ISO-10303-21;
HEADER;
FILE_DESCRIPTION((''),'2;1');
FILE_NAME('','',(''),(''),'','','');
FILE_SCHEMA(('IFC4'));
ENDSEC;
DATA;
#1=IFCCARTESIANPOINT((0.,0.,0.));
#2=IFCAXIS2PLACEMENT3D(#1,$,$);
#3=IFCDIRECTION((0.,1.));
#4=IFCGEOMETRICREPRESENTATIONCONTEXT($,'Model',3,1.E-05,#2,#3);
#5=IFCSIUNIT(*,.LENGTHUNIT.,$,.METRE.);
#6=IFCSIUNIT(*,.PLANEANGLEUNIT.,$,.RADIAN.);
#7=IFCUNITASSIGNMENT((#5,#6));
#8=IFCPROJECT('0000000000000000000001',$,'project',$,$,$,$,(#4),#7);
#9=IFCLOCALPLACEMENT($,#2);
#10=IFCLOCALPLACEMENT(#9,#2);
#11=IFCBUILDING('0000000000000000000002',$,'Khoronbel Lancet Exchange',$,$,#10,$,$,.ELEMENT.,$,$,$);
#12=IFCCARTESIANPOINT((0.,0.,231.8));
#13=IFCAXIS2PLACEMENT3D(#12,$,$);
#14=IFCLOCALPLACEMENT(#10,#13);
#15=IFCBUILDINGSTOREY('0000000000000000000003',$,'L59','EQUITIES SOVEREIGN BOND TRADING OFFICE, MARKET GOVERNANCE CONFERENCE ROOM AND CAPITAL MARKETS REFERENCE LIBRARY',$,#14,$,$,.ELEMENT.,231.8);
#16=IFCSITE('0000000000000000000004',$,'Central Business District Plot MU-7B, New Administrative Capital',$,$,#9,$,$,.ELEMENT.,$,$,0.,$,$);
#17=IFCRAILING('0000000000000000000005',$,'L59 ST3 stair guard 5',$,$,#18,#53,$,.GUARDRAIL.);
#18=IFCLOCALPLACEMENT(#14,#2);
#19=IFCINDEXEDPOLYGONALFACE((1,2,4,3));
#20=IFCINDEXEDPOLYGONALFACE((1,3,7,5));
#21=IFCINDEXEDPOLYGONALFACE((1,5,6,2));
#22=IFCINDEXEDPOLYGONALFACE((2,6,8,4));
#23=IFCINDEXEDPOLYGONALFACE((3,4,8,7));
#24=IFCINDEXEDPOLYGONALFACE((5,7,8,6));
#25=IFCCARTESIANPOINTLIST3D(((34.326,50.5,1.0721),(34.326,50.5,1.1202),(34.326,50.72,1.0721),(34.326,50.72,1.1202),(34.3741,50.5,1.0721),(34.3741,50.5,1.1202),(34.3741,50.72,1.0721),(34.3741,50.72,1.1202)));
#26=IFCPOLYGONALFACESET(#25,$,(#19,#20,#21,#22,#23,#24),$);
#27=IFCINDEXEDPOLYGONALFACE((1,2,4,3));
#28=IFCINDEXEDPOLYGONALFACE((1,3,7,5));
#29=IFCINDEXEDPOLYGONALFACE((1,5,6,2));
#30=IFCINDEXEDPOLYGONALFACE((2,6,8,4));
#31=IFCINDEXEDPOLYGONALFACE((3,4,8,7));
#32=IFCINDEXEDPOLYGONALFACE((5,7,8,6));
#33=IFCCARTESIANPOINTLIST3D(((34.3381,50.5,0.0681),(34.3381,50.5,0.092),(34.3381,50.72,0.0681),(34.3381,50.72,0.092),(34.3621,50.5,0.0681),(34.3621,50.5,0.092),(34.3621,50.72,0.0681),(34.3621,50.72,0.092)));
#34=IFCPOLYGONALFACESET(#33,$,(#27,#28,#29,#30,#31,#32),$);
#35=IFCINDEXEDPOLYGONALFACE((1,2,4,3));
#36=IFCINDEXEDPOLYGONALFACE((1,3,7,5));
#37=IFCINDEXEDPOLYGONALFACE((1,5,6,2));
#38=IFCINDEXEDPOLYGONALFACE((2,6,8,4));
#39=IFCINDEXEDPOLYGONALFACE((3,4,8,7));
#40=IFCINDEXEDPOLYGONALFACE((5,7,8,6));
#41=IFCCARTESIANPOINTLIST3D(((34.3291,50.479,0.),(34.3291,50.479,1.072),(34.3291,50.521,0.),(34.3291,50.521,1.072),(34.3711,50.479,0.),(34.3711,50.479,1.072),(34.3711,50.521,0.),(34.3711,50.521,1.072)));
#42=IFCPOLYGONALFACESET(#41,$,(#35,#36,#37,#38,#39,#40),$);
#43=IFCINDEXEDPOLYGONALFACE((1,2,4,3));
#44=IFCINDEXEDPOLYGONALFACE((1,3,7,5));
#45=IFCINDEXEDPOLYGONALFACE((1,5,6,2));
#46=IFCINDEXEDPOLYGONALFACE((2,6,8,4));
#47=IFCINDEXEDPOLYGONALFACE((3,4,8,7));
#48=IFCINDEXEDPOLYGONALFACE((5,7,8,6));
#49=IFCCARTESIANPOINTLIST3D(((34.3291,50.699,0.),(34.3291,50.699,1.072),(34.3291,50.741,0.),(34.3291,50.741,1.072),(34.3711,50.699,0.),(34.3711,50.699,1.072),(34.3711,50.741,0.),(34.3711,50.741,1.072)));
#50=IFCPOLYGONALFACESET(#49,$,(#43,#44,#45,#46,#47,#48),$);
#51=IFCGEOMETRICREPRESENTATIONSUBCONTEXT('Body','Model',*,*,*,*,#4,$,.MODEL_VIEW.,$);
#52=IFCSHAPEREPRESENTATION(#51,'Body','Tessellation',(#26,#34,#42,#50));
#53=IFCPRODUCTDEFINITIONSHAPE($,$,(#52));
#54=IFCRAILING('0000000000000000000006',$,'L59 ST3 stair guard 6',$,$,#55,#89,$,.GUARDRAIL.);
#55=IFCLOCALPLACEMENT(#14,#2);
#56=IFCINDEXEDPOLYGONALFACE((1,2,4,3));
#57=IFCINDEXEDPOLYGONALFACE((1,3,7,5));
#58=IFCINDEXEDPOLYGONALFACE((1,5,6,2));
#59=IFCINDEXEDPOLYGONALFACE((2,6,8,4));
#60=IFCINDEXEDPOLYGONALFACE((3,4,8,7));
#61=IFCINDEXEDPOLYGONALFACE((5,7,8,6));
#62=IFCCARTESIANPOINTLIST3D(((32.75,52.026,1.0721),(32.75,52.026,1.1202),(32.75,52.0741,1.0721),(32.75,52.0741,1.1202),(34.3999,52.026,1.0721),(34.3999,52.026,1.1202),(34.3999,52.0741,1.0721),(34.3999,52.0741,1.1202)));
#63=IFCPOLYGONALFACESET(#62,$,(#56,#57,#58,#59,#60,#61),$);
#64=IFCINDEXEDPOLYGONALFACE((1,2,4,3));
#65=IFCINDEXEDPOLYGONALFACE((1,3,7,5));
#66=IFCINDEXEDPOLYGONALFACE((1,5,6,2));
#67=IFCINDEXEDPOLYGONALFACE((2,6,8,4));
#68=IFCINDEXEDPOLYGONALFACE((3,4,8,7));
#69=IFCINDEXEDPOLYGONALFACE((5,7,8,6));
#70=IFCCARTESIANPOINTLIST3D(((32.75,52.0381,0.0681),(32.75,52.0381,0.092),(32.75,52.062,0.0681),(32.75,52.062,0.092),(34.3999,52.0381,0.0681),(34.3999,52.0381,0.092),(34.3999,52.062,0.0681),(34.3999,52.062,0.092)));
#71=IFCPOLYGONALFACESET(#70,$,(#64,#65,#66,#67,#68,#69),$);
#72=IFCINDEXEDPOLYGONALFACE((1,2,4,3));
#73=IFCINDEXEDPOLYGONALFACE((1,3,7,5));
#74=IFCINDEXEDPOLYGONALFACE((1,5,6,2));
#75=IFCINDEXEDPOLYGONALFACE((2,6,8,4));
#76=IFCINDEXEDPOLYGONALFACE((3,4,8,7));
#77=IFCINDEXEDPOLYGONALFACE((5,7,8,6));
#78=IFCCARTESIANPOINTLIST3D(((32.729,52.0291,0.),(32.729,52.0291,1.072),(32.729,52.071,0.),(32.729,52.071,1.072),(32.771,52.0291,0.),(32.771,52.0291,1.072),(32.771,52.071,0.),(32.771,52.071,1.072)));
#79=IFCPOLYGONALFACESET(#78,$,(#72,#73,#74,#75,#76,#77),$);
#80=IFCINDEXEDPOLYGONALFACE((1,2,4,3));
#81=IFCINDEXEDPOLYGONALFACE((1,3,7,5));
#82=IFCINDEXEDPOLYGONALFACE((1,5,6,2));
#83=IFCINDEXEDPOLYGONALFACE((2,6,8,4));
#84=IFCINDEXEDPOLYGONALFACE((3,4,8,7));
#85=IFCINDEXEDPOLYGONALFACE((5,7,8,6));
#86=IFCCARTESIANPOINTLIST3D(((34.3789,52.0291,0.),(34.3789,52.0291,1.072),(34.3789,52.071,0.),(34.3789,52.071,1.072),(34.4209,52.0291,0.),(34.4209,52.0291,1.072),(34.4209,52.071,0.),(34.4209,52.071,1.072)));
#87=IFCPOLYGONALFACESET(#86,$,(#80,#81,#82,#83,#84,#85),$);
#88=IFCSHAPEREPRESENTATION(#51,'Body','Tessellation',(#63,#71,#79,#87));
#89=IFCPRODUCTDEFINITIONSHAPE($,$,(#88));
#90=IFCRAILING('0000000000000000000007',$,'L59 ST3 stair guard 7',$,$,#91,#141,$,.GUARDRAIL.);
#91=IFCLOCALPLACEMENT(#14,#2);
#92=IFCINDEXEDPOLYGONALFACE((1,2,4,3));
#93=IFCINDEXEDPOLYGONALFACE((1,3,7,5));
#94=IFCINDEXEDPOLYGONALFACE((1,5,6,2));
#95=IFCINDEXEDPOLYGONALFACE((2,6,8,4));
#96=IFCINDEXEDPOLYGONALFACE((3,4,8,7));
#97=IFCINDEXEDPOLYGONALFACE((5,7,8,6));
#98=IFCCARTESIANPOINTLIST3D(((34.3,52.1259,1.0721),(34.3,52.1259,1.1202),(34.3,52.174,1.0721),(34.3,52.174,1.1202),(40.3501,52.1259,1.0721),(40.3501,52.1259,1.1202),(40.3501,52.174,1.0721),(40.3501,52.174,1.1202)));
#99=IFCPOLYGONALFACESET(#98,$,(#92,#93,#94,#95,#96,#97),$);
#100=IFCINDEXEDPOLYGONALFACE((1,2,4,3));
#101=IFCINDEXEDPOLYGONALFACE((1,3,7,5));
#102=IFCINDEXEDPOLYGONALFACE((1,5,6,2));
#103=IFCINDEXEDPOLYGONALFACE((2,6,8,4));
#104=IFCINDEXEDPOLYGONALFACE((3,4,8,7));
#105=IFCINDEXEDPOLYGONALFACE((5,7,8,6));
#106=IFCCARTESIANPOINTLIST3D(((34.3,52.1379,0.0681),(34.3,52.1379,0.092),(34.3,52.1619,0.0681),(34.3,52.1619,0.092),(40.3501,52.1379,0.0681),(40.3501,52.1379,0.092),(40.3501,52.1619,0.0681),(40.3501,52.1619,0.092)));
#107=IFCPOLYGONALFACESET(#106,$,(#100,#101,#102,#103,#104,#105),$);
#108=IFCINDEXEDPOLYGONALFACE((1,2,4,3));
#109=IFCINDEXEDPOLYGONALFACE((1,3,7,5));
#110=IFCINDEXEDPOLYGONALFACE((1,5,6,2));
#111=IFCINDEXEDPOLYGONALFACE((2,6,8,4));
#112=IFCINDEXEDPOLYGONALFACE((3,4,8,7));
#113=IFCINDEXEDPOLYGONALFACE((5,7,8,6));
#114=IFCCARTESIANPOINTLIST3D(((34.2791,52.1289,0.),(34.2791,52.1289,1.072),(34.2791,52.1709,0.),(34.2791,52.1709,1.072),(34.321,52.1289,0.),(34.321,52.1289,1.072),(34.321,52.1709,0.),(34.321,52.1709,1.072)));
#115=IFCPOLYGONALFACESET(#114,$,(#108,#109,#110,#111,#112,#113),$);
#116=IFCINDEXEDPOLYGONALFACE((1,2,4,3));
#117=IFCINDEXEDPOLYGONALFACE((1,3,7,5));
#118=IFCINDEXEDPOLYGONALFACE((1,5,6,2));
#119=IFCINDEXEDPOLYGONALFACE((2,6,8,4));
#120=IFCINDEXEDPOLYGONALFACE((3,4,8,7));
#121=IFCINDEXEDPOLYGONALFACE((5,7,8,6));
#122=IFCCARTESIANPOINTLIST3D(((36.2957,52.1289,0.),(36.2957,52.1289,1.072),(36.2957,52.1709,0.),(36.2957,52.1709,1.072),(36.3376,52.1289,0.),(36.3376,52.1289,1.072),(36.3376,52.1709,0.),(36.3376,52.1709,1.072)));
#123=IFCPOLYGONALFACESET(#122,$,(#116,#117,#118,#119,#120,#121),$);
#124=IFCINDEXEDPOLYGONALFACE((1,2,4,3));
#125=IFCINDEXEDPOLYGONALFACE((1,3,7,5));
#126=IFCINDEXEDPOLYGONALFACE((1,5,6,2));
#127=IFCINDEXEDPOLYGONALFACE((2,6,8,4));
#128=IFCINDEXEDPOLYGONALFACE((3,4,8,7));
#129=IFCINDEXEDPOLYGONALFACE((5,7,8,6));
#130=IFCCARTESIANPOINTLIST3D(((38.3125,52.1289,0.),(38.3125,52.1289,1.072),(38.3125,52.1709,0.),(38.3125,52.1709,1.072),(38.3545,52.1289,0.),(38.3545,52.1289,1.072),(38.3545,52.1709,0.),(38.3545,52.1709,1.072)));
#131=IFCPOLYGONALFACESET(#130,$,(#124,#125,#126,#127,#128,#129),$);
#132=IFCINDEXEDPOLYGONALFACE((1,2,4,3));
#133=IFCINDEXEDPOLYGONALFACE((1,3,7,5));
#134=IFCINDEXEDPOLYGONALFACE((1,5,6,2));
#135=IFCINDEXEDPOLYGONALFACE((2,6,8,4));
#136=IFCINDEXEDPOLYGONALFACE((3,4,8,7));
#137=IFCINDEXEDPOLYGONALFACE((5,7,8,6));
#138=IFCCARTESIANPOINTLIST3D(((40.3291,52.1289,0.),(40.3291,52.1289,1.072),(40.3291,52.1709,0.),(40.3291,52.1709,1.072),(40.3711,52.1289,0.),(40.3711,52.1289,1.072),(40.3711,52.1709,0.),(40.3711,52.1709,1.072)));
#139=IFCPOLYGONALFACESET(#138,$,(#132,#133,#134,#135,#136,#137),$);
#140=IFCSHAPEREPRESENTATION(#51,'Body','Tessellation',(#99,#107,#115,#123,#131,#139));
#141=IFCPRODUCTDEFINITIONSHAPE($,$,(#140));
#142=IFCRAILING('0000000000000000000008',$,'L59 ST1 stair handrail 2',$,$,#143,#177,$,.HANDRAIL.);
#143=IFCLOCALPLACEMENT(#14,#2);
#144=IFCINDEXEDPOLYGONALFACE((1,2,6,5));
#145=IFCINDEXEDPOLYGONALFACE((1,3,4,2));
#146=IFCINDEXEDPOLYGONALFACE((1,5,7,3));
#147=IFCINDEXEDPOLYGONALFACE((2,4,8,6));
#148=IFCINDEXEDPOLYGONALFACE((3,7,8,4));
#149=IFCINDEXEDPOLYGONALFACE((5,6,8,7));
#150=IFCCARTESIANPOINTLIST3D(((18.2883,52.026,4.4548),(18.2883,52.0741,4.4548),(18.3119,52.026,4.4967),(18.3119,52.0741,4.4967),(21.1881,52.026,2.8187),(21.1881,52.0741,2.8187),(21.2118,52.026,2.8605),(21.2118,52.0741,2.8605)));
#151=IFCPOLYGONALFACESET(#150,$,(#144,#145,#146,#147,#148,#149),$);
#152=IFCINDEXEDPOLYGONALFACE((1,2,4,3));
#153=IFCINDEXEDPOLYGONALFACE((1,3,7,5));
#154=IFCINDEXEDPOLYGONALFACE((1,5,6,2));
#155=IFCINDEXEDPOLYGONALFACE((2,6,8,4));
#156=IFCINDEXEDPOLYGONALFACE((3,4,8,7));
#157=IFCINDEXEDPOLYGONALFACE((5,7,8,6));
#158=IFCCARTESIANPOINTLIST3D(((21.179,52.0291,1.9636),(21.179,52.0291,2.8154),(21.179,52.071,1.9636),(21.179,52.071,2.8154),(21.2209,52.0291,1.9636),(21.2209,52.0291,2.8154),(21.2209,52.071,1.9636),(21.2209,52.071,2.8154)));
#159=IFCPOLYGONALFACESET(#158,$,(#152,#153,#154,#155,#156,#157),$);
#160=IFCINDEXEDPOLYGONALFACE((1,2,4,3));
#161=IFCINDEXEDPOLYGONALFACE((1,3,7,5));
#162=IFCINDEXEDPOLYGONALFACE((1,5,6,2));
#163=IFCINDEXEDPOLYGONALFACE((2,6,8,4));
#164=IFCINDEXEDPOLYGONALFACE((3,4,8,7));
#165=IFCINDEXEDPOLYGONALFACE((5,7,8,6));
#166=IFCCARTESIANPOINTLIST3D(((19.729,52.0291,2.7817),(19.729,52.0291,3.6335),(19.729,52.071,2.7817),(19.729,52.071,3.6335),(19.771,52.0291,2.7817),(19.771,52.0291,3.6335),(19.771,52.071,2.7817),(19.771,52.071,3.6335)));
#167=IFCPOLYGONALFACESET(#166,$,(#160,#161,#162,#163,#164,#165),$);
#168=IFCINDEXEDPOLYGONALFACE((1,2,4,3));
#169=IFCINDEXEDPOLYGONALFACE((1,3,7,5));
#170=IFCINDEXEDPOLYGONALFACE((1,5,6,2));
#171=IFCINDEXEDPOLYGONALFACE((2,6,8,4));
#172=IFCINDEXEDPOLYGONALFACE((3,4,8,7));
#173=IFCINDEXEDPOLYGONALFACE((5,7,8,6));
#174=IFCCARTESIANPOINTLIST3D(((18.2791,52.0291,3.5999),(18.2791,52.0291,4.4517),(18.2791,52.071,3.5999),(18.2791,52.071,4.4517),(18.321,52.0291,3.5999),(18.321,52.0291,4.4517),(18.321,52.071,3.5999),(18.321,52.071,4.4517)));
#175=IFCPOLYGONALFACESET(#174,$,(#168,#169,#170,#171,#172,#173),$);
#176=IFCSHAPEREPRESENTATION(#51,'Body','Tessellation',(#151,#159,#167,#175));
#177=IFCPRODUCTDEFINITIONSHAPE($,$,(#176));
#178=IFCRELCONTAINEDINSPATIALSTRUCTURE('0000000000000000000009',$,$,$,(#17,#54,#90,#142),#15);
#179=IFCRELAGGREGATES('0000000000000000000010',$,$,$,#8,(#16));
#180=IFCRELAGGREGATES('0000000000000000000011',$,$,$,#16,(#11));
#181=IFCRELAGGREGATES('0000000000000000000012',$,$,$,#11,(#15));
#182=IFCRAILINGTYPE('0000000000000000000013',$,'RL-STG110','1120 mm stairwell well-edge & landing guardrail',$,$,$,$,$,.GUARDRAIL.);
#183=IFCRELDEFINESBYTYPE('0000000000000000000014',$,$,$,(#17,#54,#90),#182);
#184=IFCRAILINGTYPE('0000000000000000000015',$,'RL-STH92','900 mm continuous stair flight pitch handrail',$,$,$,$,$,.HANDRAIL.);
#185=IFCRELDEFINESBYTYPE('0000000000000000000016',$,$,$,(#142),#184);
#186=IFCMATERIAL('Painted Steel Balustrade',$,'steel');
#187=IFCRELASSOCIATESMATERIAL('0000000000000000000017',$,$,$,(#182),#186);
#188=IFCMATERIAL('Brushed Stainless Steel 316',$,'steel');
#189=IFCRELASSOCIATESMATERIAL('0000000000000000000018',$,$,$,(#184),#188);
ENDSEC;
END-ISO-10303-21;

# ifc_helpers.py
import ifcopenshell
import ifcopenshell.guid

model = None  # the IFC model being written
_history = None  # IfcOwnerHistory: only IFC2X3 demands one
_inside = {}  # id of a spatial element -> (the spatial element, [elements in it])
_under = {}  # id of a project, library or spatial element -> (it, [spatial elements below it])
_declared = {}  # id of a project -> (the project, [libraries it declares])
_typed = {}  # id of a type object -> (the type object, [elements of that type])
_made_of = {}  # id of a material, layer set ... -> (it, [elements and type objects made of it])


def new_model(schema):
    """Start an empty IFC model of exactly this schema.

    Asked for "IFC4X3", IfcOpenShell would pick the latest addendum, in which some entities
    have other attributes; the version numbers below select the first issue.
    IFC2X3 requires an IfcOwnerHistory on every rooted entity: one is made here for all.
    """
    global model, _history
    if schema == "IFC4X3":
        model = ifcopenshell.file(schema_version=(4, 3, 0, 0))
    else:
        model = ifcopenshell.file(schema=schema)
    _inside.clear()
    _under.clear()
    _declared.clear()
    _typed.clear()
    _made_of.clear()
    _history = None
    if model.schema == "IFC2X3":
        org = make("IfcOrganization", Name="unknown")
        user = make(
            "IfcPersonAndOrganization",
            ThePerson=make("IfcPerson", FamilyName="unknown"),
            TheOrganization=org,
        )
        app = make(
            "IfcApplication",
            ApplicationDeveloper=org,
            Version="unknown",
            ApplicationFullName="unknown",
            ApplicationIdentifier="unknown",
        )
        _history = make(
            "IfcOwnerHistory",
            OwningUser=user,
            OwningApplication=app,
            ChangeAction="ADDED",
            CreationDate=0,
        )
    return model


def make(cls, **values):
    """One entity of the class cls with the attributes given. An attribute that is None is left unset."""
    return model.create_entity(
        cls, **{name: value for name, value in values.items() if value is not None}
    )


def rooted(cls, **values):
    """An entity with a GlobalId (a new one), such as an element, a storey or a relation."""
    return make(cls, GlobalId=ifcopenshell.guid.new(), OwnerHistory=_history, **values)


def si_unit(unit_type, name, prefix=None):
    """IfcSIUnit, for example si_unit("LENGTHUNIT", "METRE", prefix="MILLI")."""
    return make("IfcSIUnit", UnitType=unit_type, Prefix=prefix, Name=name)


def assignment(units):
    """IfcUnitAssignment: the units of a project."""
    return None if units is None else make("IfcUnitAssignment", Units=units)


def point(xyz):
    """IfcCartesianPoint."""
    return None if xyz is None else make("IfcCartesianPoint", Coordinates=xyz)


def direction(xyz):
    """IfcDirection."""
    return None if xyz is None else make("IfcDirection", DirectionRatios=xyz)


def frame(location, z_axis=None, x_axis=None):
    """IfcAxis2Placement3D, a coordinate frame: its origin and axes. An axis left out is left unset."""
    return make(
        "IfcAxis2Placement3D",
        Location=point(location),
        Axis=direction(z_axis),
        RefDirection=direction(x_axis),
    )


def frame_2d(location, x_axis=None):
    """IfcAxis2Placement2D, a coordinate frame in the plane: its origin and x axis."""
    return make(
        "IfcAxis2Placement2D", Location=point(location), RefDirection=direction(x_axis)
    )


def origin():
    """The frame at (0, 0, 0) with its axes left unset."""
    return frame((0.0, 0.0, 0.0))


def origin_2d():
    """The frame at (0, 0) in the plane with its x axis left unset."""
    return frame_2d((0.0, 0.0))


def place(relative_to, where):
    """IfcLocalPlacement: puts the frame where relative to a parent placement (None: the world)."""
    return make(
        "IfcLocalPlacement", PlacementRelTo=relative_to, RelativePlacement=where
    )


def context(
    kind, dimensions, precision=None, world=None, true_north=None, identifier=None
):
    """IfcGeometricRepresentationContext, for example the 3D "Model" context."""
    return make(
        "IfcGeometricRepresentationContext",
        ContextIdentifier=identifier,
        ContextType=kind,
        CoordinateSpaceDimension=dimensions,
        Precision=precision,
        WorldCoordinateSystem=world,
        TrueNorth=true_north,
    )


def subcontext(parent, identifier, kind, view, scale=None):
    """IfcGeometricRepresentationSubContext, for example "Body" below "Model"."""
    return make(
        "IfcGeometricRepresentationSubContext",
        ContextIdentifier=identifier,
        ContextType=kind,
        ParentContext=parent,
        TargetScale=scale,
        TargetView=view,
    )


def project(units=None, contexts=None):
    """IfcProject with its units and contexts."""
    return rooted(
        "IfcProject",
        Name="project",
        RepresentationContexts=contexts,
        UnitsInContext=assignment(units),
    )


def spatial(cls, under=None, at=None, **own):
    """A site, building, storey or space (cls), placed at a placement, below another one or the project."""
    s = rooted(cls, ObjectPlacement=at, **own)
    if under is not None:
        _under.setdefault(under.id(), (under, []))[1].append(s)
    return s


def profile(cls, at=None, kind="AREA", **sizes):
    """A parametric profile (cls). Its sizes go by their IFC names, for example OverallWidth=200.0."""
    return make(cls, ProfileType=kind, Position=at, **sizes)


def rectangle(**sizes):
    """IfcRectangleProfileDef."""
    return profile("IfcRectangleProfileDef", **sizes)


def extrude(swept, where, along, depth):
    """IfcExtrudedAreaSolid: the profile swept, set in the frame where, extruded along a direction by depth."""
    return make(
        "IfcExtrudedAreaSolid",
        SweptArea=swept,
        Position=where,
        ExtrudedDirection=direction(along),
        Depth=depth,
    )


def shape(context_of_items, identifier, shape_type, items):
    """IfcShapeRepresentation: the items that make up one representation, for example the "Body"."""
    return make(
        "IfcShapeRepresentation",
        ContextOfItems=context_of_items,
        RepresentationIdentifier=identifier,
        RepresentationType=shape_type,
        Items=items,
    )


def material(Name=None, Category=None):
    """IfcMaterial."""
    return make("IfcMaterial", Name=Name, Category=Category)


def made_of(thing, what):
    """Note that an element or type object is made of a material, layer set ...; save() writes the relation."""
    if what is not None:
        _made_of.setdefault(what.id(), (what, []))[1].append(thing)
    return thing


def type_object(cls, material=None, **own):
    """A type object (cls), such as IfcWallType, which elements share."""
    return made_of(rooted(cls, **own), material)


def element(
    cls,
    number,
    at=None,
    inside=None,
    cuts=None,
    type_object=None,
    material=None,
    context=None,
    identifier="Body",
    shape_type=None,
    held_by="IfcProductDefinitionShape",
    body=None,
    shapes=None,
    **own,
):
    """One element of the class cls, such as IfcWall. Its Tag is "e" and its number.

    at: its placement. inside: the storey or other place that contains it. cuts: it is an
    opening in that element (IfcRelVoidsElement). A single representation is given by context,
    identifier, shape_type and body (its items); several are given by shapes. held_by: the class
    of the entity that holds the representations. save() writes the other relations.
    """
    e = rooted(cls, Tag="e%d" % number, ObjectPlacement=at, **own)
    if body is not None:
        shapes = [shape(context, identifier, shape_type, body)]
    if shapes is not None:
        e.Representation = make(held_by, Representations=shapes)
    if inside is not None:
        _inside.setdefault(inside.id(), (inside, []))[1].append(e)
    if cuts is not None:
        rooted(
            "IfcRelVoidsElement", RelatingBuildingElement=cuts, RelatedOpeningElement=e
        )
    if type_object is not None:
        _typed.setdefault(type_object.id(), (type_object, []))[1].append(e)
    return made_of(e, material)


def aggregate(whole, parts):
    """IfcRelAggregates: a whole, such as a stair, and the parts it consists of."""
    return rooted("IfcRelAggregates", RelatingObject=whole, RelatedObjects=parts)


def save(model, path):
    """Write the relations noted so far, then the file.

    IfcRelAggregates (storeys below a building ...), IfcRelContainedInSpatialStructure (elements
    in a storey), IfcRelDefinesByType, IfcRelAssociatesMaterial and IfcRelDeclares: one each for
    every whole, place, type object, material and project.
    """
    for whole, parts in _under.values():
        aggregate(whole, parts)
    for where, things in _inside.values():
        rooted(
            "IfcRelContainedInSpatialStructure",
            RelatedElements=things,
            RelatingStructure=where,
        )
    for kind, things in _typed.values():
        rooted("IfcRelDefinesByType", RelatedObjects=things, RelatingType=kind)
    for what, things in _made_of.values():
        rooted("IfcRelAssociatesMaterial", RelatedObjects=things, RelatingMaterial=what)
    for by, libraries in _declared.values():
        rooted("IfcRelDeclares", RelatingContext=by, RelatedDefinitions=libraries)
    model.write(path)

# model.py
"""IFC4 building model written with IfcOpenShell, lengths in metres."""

from ifc_helpers import new_model, si_unit, direction, frame, origin, origin_2d, place, context, subcontext, project, spatial, rectangle, extrude, material, type_object, element, save


model = new_model("IFC4")

# Units and contexts
model_context = context("Model", 3, precision=1e-05, world=origin(), true_north=direction((0.0, 1.0)))
body_context = subcontext(model_context, "Body", "Model", "MODEL_VIEW")
ifc_project = project(units=[si_unit("LENGTHUNIT", "METRE"), si_unit("PLANEANGLEUNIT", "RADIAN")], contexts=[model_context])

# Site, building, storey
site_placement = place(None, origin())
site = spatial("IfcSite", under=ifc_project, at=site_placement, Name="Central Business District Plot MU-7B, New Administrative Capital", CompositionType="ELEMENT", RefElevation=0.0)
building_placement = place(site_placement, origin())
building = spatial("IfcBuilding", under=site, at=building_placement, Name="Khoronbel Lancet Exchange", CompositionType="ELEMENT")
storey_placement = place(building_placement, frame((0.0, 0.0, 231.8)))
storey = spatial("IfcBuildingStorey", under=building, at=storey_placement, Name="L59", Description="EQUITIES SOVEREIGN BOND TRADING OFFICE, MARKET GOVERNANCE CONFERENCE ROOM AND CAPITAL MARKETS REFERENCE LIBRARY", CompositionType="ELEMENT", Elevation=231.8)

# Railings
ifc_material_1 = material(Name="Painted Steel Balustrade", Category="steel")
railing_type_1 = type_object("IfcRailingType", Name="RL-STG110", Description="1120 mm stairwell well-edge & landing guardrail", PredefinedType="GUARDRAIL", material=ifc_material_1)
railing_1_placement = place(storey_placement, frame((34.3501, 50.5, 0.0)))
element("IfcRailing", 1, at=railing_1_placement, inside=storey, type_object=railing_type_1, Name="L59 ST3 stair guard 5", PredefinedType="GUARDRAIL", context=body_context, shape_type="SweptSolid", body=[
    extrude(rectangle(XDim=0.0481, YDim=0.0481, at=origin_2d()), frame((0.0, 0.0, 1.0962), z_axis=(0.0, 1.0, 0.0), x_axis=(-1.0, 0.0, 0.0)), (0.0, 0.0, 1.0), 0.22),
    extrude(rectangle(XDim=0.0239, YDim=0.0239, at=origin_2d()), frame((0.0, 0.0, 0.0801), z_axis=(0.0, 1.0, 0.0), x_axis=(-1.0, 0.0, 0.0)), (0.0, 0.0, 1.0), 0.22),
    extrude(rectangle(XDim=0.042, YDim=0.042, at=origin_2d()), origin(), (0.0, 0.0, 1.0), 1.072),
    extrude(rectangle(XDim=0.042, YDim=0.042, at=origin_2d()), frame((0.0, 0.22, 0.0)), (0.0, 0.0, 1.0), 1.072),
])
railing_2_placement = place(storey_placement, frame((32.75, 52.05, 0.0)))
element("IfcRailing", 2, at=railing_2_placement, inside=storey, type_object=railing_type_1, Name="L59 ST3 stair guard 6", PredefinedType="GUARDRAIL", context=body_context, shape_type="SweptSolid", body=[
    extrude(rectangle(XDim=0.0481, YDim=0.0481, at=origin_2d()), frame((0.0, 0.0, 1.0962), z_axis=(1.0, 0.0, 0.0), x_axis=(0.0, 1.0, 0.0)), (0.0, 0.0, 1.0), 1.6499),
    extrude(rectangle(XDim=0.0239, YDim=0.0239, at=origin_2d()), frame((0.0, 0.0, 0.0801), z_axis=(1.0, 0.0, 0.0), x_axis=(0.0, 1.0, 0.0)), (0.0, 0.0, 1.0), 1.6499),
    extrude(rectangle(XDim=0.042, YDim=0.042, at=origin_2d()), origin(), (0.0, 0.0, 1.0), 1.072),
    extrude(rectangle(XDim=0.042, YDim=0.042, at=origin_2d()), frame((1.6499, 0.0, 0.0)), (0.0, 0.0, 1.0), 1.072),
])
railing_3_placement = place(storey_placement, frame((34.3, 52.1499, 0.0)))
element("IfcRailing", 3, at=railing_3_placement, inside=storey, type_object=railing_type_1, Name="L59 ST3 stair guard 7", PredefinedType="GUARDRAIL", context=body_context, shape_type="SweptSolid", body=[
    extrude(rectangle(XDim=0.0481, YDim=0.0481, at=origin_2d()), frame((0.0, 0.0, 1.0962), z_axis=(1.0, 0.0, 0.0), x_axis=(0.0, 1.0, 0.0)), (0.0, 0.0, 1.0), 6.05),
    extrude(rectangle(XDim=0.0239, YDim=0.0239, at=origin_2d()), frame((0.0, 0.0, 0.0801), z_axis=(1.0, 0.0, 0.0), x_axis=(0.0, 1.0, 0.0)), (0.0, 0.0, 1.0), 6.05),
    extrude(rectangle(XDim=0.042, YDim=0.042, at=origin_2d()), origin(), (0.0, 0.0, 1.0), 1.072),
    extrude(rectangle(XDim=0.042, YDim=0.042, at=origin_2d()), frame((2.0166, 0.0, 0.0)), (0.0, 0.0, 1.0), 1.072),
    extrude(rectangle(XDim=0.042, YDim=0.042, at=origin_2d()), frame((4.0334, 0.0, 0.0)), (0.0, 0.0, 1.0), 1.072),
    extrude(rectangle(XDim=0.042, YDim=0.042, at=origin_2d()), frame((6.05, 0.0, 0.0)), (0.0, 0.0, 1.0), 1.072),
])
ifc_material_2 = material(Name="Brushed Stainless Steel 316", Category="steel")
railing_type_2 = type_object("IfcRailingType", Name="RL-STH92", Description="900 mm continuous stair flight pitch handrail", PredefinedType="HANDRAIL", material=ifc_material_2)
railing_4_placement = place(storey_placement, frame((21.2, 52.05, 1.9636)))
element("IfcRailing", 4, at=railing_4_placement, inside=storey, type_object=railing_type_2, Name="L59 ST1 stair handrail 2", PredefinedType="HANDRAIL", context=body_context, shape_type="SweptSolid", body=[
    extrude(rectangle(XDim=0.0481, YDim=0.0481, at=origin_2d()), frame((0.0, 0.0, 0.876), z_axis=(-0.870929, 0.0, 0.49141), x_axis=(0.0, -1.0, 0.0)), (0.0, 0.0, 1.0), 3.3296),
    extrude(rectangle(XDim=0.042, YDim=0.042, at=origin_2d()), origin(), (0.0, 0.0, 1.0), 0.8518),
    extrude(rectangle(XDim=0.042, YDim=0.042, at=origin_2d()), frame((-1.45, 0.0, 0.8181)), (0.0, 0.0, 1.0), 0.8518),
    extrude(rectangle(XDim=0.042, YDim=0.042, at=origin_2d()), frame((-2.8999, 0.0, 1.6362)), (0.0, 0.0, 1.0), 0.8518),
])

save(model, "model.ifc")
